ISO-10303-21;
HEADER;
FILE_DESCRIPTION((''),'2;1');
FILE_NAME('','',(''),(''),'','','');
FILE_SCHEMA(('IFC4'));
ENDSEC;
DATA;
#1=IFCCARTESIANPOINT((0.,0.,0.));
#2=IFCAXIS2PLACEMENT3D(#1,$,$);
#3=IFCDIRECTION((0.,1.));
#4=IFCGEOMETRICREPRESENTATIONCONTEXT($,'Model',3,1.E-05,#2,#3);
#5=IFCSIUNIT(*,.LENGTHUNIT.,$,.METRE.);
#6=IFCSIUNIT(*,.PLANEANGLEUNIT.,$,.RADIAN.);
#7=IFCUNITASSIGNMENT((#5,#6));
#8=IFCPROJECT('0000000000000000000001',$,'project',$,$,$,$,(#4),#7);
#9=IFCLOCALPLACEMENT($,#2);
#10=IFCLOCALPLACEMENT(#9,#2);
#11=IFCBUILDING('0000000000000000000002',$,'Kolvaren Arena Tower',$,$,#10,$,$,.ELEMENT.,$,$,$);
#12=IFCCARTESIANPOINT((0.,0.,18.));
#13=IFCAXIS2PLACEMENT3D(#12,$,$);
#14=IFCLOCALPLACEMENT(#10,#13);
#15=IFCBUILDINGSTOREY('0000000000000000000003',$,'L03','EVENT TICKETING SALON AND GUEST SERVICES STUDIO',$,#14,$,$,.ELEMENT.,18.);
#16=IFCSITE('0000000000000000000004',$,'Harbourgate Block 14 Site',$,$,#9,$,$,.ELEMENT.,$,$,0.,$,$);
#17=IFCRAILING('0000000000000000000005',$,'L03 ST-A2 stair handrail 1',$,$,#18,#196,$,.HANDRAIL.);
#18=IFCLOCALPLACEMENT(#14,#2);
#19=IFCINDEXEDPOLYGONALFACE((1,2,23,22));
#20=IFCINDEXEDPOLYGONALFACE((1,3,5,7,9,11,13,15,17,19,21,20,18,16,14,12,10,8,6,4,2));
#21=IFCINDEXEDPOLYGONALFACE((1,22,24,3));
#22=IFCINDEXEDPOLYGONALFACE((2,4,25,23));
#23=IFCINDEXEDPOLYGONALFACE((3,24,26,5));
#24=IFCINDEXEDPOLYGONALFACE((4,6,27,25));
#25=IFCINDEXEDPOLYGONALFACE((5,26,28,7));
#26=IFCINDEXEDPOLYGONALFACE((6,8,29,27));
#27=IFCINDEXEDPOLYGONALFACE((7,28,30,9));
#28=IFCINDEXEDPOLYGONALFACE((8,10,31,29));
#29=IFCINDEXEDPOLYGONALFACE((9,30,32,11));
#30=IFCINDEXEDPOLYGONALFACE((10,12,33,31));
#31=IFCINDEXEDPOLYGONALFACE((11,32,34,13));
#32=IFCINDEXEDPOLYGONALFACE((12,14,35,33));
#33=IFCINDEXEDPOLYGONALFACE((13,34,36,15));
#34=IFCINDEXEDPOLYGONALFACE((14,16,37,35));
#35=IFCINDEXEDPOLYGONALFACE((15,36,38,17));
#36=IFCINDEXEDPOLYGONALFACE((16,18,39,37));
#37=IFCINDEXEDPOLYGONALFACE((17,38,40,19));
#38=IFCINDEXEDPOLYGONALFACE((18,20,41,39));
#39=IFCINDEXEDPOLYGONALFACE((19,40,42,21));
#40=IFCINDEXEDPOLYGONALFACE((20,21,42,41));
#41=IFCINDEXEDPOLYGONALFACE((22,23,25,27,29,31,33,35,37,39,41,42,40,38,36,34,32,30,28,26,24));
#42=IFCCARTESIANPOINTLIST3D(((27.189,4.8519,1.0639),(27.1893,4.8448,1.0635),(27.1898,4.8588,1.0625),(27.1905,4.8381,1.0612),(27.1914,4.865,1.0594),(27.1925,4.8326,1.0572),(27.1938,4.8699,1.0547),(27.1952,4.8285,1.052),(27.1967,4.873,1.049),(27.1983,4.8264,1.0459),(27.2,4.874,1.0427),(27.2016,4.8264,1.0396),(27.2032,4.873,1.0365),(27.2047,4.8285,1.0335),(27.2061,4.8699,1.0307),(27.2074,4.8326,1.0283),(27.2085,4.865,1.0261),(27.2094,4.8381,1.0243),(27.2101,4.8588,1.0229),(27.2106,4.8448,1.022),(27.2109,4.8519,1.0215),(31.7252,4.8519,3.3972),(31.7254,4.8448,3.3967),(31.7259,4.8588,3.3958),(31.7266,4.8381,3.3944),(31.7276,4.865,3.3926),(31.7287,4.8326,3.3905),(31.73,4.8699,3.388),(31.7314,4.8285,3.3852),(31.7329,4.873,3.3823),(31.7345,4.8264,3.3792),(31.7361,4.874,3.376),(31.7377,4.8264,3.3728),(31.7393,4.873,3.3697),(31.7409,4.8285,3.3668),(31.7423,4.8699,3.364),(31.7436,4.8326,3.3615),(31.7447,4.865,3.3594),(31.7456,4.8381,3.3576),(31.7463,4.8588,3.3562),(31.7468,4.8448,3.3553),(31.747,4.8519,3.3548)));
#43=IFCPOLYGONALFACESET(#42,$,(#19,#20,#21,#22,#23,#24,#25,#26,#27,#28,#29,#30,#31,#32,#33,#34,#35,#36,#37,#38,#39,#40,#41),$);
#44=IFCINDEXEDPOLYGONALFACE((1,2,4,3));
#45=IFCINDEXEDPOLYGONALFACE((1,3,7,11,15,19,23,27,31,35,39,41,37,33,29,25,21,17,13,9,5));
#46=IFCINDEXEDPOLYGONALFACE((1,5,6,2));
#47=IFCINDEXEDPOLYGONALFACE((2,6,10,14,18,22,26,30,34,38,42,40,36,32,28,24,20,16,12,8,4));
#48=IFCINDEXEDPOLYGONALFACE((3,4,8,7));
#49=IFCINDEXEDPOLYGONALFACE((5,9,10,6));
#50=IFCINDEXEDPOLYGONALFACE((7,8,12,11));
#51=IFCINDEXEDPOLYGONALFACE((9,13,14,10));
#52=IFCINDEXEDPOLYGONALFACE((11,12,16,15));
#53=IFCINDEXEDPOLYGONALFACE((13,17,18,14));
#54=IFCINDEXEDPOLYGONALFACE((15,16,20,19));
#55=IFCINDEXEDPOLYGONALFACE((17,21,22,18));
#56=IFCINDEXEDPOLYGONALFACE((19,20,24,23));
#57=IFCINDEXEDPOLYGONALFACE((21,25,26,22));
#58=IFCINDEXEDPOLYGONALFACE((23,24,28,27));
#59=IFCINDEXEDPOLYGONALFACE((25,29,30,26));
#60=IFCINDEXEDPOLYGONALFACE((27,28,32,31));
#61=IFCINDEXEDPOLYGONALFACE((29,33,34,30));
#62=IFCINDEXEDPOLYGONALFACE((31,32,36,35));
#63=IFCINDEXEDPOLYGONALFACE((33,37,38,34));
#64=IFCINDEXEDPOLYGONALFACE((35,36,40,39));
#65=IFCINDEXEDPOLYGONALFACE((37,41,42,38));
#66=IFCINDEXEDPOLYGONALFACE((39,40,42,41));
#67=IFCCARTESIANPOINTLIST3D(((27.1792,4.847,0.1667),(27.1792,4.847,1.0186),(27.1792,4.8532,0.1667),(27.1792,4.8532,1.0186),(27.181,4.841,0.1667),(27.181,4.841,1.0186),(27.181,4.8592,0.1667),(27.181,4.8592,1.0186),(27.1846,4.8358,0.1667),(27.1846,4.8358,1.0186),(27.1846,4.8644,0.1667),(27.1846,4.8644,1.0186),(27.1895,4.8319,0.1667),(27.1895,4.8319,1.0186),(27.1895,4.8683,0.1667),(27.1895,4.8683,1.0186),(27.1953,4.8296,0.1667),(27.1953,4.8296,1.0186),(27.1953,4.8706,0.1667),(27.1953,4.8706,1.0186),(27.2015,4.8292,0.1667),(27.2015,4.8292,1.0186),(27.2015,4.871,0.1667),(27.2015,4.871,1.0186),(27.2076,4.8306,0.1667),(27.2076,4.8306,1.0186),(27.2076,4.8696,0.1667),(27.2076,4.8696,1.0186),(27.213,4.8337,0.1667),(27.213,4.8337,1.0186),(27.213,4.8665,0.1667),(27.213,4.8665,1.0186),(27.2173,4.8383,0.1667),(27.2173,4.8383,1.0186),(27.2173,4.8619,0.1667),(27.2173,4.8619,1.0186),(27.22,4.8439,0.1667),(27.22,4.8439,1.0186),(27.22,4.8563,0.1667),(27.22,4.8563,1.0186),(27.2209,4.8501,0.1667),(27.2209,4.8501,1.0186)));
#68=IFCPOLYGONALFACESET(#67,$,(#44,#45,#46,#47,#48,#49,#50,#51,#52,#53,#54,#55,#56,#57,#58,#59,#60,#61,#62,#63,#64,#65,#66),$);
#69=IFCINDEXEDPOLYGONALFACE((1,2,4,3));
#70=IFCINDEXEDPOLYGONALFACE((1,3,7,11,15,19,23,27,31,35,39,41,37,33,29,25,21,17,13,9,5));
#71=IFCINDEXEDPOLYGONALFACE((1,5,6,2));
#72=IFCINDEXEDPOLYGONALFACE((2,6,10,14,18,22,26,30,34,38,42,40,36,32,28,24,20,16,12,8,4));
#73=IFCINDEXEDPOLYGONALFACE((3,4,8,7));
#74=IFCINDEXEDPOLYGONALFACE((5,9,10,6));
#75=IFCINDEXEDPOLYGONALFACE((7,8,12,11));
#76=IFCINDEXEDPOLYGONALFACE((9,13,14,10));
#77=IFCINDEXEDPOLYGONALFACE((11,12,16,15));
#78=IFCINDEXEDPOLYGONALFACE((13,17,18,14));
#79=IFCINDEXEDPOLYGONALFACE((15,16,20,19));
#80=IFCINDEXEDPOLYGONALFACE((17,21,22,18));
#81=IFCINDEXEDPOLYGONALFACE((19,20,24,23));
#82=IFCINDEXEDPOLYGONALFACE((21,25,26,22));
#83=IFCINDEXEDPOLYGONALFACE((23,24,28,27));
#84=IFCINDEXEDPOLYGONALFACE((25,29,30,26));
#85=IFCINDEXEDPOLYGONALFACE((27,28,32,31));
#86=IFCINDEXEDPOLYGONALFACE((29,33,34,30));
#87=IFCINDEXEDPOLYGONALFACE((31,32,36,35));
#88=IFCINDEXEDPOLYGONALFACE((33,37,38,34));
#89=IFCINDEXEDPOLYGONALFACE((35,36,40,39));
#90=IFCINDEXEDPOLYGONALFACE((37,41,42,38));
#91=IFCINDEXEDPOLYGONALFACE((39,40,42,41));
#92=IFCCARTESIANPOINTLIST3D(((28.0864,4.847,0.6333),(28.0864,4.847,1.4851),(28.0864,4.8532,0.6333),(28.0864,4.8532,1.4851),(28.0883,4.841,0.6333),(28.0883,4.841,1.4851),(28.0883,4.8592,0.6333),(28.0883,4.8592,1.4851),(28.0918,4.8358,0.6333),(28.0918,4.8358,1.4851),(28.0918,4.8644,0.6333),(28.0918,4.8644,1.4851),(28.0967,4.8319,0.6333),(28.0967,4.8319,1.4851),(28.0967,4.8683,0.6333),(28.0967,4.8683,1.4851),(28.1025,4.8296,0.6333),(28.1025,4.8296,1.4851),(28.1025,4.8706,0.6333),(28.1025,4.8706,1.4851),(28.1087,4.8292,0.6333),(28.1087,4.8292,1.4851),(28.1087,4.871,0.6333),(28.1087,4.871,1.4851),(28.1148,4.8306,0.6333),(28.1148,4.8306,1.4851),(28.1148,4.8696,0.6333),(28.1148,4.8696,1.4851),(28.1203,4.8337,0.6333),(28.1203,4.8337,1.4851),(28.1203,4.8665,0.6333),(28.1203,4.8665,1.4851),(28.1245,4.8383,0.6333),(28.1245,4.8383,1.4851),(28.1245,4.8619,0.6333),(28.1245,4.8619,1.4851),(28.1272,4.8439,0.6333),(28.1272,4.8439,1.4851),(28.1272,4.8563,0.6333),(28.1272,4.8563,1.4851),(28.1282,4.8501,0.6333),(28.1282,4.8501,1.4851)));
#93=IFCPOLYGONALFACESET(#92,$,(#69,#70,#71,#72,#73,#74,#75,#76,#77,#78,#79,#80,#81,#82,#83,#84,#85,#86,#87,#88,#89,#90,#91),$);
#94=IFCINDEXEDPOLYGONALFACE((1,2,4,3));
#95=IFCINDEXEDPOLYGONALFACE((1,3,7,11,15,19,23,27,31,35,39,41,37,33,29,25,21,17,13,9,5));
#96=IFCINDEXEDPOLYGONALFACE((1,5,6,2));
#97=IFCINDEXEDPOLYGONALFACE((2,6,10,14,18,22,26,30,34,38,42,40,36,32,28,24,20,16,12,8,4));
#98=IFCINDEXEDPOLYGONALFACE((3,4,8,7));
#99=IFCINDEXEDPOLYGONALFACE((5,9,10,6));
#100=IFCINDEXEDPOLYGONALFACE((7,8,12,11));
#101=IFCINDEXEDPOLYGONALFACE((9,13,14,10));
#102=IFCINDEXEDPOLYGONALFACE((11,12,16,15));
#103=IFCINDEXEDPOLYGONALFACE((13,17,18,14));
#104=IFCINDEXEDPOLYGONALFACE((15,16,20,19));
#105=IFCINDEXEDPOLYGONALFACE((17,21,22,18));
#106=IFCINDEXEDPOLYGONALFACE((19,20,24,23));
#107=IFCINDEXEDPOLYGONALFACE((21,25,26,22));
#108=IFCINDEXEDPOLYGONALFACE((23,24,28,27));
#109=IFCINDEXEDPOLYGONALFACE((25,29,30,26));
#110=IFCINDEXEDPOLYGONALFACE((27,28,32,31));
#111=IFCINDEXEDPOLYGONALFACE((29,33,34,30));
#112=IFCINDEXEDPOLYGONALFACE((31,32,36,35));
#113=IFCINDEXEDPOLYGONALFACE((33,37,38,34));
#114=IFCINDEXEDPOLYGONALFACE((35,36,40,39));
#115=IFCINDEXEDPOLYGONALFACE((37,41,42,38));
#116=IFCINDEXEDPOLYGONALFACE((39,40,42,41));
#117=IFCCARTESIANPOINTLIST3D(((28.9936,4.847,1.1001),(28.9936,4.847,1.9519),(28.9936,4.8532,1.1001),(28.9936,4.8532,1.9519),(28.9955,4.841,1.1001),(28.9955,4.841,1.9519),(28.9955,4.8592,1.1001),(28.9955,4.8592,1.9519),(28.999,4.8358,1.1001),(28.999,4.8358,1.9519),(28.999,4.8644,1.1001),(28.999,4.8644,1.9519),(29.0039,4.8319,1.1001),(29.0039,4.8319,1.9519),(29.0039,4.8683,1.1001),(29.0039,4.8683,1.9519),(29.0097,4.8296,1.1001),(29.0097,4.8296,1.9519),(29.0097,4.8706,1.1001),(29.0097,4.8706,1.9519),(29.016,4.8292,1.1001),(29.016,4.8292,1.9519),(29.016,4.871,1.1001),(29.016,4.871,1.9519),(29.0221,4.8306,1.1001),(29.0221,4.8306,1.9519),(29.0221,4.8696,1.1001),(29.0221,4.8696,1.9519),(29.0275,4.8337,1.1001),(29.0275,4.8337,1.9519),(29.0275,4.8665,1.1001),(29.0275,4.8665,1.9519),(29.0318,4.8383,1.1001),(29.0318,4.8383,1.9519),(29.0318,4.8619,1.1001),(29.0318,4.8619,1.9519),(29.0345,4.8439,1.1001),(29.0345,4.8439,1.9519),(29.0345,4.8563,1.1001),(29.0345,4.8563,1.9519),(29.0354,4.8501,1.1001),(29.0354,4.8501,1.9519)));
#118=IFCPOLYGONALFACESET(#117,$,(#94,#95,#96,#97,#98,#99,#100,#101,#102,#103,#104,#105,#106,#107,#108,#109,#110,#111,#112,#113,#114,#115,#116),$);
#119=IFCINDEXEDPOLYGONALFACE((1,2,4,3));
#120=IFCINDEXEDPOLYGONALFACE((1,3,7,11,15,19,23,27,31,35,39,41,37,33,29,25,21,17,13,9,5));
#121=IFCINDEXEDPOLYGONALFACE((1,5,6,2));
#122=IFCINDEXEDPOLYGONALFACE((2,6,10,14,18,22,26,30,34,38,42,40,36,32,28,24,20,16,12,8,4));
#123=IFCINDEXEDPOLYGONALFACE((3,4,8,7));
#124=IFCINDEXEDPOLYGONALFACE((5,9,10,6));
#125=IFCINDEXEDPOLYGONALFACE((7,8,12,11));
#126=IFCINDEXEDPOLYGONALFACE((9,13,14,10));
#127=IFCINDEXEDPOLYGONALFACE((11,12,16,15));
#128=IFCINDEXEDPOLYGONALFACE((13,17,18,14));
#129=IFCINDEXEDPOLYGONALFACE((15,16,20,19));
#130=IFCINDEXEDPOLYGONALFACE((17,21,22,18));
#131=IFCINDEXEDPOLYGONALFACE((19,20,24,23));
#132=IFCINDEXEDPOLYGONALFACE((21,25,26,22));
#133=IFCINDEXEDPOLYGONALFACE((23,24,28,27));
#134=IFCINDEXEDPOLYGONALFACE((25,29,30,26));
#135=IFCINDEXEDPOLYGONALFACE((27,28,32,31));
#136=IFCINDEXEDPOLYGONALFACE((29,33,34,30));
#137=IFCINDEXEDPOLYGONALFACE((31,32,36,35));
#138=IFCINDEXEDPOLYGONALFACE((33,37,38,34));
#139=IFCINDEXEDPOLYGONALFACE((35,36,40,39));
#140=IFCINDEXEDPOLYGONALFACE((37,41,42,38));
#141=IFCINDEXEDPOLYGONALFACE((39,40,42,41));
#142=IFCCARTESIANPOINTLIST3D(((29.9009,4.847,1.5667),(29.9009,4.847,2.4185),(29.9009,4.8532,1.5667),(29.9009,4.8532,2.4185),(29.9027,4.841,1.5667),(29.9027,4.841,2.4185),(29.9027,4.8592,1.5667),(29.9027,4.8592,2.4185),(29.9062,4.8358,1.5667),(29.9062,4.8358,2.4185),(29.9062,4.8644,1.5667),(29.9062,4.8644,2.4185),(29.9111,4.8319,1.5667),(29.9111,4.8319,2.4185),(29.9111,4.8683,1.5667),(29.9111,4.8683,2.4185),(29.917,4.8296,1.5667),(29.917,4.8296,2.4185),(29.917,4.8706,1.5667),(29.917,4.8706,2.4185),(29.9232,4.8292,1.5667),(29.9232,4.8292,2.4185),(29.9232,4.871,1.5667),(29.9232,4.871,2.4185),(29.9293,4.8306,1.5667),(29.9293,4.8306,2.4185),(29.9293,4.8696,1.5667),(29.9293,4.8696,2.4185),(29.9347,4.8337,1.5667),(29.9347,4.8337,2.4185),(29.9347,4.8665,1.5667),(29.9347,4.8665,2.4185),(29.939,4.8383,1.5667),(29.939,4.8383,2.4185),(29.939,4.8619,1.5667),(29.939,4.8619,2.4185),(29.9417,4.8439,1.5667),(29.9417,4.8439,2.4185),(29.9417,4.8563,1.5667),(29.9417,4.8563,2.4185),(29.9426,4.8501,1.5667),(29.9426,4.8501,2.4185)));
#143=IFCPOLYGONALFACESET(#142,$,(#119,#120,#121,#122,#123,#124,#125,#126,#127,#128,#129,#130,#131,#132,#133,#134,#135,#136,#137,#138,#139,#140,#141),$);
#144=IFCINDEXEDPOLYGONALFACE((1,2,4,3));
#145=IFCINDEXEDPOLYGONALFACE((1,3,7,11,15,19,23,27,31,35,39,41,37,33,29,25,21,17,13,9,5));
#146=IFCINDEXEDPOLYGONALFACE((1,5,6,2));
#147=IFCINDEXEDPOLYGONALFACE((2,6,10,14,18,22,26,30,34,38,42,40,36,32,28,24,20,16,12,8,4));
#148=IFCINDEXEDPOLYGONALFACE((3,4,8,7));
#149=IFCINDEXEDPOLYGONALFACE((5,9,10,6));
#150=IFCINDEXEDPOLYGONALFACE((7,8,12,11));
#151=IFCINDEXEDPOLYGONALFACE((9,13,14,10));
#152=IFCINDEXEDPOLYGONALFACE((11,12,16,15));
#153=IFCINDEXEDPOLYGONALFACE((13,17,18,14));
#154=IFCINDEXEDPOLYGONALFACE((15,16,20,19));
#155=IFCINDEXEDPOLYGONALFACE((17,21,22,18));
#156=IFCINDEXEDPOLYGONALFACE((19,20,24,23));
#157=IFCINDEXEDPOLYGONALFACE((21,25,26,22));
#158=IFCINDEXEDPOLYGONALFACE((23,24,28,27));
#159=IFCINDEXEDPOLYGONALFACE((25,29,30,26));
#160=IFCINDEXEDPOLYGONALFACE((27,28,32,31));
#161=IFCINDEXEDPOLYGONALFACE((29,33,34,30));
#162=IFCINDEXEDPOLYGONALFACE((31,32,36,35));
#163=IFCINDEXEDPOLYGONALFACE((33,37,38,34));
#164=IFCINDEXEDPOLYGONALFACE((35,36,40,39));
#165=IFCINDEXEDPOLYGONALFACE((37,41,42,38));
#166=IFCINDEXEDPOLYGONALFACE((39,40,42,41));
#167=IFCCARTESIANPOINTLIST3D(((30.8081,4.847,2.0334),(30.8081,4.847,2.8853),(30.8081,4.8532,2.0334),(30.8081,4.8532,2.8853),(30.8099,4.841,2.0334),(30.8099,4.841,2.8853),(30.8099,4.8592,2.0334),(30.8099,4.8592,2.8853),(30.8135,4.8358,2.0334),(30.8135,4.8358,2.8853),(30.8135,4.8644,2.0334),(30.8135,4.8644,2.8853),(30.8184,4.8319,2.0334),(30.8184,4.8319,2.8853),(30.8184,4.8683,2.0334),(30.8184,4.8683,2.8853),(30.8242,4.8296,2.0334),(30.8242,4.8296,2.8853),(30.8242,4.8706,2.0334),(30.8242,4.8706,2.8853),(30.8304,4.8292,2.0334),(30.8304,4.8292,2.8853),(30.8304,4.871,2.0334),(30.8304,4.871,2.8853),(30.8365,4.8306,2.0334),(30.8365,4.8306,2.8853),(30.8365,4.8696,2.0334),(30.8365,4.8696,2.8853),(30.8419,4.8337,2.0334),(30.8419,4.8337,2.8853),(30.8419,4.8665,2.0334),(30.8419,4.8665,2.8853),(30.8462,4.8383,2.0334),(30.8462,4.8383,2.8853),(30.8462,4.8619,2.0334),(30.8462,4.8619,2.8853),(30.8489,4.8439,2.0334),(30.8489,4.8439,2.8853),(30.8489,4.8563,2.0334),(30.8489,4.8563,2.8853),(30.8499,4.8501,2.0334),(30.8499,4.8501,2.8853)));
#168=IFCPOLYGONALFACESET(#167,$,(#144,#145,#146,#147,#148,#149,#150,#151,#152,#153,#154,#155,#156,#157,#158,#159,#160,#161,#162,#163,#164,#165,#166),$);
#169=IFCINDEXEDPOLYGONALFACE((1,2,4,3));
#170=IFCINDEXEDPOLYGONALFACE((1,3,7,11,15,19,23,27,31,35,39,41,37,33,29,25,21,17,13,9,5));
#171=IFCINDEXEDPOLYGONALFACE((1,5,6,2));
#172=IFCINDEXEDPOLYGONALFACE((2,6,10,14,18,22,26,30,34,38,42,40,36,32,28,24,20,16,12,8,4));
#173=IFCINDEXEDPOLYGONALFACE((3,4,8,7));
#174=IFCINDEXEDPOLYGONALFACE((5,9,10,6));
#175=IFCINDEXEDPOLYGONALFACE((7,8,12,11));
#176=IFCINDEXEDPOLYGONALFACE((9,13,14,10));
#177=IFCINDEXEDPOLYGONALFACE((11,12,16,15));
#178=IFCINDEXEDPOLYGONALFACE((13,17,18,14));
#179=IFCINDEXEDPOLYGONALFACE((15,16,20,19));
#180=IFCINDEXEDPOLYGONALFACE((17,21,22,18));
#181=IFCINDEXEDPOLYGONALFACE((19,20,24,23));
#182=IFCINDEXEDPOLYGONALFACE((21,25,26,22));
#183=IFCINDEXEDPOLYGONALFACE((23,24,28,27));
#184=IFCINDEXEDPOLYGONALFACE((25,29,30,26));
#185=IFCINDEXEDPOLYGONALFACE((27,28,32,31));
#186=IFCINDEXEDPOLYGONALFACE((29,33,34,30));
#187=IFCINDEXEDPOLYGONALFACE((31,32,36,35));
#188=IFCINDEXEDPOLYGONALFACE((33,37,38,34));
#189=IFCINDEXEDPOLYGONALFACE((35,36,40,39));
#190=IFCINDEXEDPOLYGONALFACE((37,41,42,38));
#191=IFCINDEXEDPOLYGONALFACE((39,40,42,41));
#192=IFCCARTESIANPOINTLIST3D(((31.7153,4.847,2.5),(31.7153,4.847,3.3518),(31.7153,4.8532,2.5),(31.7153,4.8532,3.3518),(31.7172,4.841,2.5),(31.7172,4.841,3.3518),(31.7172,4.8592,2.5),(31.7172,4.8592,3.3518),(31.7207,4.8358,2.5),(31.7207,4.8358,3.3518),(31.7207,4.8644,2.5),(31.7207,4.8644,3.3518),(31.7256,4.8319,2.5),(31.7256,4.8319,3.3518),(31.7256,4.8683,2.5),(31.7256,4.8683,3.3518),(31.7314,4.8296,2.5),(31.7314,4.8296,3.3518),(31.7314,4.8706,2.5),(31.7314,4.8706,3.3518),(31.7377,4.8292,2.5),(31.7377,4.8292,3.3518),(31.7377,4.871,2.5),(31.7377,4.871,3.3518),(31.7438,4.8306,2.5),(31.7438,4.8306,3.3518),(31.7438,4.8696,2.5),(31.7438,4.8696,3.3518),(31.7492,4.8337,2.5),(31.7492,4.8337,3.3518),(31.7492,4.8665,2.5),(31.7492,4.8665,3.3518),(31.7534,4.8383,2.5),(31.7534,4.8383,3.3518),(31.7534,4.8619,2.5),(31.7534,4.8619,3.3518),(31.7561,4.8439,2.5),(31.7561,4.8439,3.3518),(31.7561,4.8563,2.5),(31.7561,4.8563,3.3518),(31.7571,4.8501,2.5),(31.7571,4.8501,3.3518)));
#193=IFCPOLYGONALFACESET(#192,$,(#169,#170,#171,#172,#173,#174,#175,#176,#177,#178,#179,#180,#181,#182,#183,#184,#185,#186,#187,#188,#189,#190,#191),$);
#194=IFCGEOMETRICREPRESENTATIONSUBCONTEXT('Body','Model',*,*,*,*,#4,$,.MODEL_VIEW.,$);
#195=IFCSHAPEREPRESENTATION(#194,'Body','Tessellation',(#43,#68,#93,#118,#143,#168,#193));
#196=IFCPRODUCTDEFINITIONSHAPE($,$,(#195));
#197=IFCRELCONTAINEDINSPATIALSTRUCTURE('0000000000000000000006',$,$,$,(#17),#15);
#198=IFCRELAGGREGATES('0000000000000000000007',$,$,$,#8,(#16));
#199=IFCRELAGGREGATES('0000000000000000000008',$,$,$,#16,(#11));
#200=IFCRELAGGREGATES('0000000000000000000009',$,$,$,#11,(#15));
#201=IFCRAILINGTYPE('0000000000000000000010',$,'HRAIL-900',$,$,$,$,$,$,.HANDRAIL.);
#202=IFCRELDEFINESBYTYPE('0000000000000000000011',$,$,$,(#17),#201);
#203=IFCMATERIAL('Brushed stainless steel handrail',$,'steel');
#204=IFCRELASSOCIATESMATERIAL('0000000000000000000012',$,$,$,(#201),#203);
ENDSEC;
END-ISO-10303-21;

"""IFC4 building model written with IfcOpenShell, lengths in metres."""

from ifc_helpers import new_model, si_unit, direction, frame, origin, origin_2d, place, context, subcontext, project, spatial, circle, extrude, material, type_object, element, save


model = new_model("IFC4")

# Units and contexts
model_context = context("Model", 3, precision=1e-05, world=origin(), true_north=direction((0.0, 1.0)))
body_context = subcontext(model_context, "Body", "Model", "MODEL_VIEW")
ifc_project = project(units=[si_unit("LENGTHUNIT", "METRE"), si_unit("PLANEANGLEUNIT", "RADIAN")], contexts=[model_context])

# Site, building, storey
site_placement = place(None, origin())
site = spatial("IfcSite", under=ifc_project, at=site_placement, Name="Harbourgate Block 14 Site", CompositionType="ELEMENT", RefElevation=0.0)
building_placement = place(site_placement, origin())
building = spatial("IfcBuilding", under=site, at=building_placement, Name="Kolvaren Arena Tower", CompositionType="ELEMENT")
storey_placement = place(building_placement, frame((0.0, 0.0, 18.0)))
storey = spatial("IfcBuildingStorey", under=building, at=storey_placement, Name="L03", Description="EVENT TICKETING SALON AND GUEST SERVICES STUDIO", CompositionType="ELEMENT", Elevation=18.0)

# Railing
ifc_material_1 = material(Name="Brushed stainless steel handrail", Category="steel")
railing_type_1 = type_object("IfcRailingType", Name="HRAIL-900", PredefinedType="HANDRAIL", material=ifc_material_1)
railing_1_placement = place(storey_placement, frame((27.2, 4.8501, 0.1667)))
element("IfcRailing", 1, at=railing_1_placement, inside=storey, type_object=railing_type_1, Name="L03 ST-A2 stair handrail 1", PredefinedType="HANDRAIL", context=body_context, shape_type="SweptSolid", body=[
    extrude(circle(Radius=0.0239, at=origin_2d()), frame((0.0, 0.0, 0.876), z_axis=(0.889257, 0.0, 0.457407), x_axis=(0.0, 1.0, 0.0)), (0.0, 0.0, 1.0), 5.1011),
    extrude(circle(Radius=0.021, at=origin_2d()), origin(), (0.0, 0.0, 1.0), 0.8518),
    extrude(circle(Radius=0.021, at=origin_2d()), frame((0.9072, 0.0, 0.4666)), (0.0, 0.0, 1.0), 0.8518),
    extrude(circle(Radius=0.021, at=origin_2d()), frame((1.8145, 0.0, 0.9333)), (0.0, 0.0, 1.0), 0.8518),
    extrude(circle(Radius=0.021, at=origin_2d()), frame((2.7217, 0.0, 1.3999)), (0.0, 0.0, 1.0), 0.8518),
    extrude(circle(Radius=0.021, at=origin_2d()), frame((3.6289, 0.0, 1.8667)), (0.0, 0.0, 1.0), 0.8518),
    extrude(circle(Radius=0.021, at=origin_2d()), frame((4.5361, 0.0, 2.3333)), (0.0, 0.0, 1.0), 0.8518),
])

save(model, "model.ifc")
